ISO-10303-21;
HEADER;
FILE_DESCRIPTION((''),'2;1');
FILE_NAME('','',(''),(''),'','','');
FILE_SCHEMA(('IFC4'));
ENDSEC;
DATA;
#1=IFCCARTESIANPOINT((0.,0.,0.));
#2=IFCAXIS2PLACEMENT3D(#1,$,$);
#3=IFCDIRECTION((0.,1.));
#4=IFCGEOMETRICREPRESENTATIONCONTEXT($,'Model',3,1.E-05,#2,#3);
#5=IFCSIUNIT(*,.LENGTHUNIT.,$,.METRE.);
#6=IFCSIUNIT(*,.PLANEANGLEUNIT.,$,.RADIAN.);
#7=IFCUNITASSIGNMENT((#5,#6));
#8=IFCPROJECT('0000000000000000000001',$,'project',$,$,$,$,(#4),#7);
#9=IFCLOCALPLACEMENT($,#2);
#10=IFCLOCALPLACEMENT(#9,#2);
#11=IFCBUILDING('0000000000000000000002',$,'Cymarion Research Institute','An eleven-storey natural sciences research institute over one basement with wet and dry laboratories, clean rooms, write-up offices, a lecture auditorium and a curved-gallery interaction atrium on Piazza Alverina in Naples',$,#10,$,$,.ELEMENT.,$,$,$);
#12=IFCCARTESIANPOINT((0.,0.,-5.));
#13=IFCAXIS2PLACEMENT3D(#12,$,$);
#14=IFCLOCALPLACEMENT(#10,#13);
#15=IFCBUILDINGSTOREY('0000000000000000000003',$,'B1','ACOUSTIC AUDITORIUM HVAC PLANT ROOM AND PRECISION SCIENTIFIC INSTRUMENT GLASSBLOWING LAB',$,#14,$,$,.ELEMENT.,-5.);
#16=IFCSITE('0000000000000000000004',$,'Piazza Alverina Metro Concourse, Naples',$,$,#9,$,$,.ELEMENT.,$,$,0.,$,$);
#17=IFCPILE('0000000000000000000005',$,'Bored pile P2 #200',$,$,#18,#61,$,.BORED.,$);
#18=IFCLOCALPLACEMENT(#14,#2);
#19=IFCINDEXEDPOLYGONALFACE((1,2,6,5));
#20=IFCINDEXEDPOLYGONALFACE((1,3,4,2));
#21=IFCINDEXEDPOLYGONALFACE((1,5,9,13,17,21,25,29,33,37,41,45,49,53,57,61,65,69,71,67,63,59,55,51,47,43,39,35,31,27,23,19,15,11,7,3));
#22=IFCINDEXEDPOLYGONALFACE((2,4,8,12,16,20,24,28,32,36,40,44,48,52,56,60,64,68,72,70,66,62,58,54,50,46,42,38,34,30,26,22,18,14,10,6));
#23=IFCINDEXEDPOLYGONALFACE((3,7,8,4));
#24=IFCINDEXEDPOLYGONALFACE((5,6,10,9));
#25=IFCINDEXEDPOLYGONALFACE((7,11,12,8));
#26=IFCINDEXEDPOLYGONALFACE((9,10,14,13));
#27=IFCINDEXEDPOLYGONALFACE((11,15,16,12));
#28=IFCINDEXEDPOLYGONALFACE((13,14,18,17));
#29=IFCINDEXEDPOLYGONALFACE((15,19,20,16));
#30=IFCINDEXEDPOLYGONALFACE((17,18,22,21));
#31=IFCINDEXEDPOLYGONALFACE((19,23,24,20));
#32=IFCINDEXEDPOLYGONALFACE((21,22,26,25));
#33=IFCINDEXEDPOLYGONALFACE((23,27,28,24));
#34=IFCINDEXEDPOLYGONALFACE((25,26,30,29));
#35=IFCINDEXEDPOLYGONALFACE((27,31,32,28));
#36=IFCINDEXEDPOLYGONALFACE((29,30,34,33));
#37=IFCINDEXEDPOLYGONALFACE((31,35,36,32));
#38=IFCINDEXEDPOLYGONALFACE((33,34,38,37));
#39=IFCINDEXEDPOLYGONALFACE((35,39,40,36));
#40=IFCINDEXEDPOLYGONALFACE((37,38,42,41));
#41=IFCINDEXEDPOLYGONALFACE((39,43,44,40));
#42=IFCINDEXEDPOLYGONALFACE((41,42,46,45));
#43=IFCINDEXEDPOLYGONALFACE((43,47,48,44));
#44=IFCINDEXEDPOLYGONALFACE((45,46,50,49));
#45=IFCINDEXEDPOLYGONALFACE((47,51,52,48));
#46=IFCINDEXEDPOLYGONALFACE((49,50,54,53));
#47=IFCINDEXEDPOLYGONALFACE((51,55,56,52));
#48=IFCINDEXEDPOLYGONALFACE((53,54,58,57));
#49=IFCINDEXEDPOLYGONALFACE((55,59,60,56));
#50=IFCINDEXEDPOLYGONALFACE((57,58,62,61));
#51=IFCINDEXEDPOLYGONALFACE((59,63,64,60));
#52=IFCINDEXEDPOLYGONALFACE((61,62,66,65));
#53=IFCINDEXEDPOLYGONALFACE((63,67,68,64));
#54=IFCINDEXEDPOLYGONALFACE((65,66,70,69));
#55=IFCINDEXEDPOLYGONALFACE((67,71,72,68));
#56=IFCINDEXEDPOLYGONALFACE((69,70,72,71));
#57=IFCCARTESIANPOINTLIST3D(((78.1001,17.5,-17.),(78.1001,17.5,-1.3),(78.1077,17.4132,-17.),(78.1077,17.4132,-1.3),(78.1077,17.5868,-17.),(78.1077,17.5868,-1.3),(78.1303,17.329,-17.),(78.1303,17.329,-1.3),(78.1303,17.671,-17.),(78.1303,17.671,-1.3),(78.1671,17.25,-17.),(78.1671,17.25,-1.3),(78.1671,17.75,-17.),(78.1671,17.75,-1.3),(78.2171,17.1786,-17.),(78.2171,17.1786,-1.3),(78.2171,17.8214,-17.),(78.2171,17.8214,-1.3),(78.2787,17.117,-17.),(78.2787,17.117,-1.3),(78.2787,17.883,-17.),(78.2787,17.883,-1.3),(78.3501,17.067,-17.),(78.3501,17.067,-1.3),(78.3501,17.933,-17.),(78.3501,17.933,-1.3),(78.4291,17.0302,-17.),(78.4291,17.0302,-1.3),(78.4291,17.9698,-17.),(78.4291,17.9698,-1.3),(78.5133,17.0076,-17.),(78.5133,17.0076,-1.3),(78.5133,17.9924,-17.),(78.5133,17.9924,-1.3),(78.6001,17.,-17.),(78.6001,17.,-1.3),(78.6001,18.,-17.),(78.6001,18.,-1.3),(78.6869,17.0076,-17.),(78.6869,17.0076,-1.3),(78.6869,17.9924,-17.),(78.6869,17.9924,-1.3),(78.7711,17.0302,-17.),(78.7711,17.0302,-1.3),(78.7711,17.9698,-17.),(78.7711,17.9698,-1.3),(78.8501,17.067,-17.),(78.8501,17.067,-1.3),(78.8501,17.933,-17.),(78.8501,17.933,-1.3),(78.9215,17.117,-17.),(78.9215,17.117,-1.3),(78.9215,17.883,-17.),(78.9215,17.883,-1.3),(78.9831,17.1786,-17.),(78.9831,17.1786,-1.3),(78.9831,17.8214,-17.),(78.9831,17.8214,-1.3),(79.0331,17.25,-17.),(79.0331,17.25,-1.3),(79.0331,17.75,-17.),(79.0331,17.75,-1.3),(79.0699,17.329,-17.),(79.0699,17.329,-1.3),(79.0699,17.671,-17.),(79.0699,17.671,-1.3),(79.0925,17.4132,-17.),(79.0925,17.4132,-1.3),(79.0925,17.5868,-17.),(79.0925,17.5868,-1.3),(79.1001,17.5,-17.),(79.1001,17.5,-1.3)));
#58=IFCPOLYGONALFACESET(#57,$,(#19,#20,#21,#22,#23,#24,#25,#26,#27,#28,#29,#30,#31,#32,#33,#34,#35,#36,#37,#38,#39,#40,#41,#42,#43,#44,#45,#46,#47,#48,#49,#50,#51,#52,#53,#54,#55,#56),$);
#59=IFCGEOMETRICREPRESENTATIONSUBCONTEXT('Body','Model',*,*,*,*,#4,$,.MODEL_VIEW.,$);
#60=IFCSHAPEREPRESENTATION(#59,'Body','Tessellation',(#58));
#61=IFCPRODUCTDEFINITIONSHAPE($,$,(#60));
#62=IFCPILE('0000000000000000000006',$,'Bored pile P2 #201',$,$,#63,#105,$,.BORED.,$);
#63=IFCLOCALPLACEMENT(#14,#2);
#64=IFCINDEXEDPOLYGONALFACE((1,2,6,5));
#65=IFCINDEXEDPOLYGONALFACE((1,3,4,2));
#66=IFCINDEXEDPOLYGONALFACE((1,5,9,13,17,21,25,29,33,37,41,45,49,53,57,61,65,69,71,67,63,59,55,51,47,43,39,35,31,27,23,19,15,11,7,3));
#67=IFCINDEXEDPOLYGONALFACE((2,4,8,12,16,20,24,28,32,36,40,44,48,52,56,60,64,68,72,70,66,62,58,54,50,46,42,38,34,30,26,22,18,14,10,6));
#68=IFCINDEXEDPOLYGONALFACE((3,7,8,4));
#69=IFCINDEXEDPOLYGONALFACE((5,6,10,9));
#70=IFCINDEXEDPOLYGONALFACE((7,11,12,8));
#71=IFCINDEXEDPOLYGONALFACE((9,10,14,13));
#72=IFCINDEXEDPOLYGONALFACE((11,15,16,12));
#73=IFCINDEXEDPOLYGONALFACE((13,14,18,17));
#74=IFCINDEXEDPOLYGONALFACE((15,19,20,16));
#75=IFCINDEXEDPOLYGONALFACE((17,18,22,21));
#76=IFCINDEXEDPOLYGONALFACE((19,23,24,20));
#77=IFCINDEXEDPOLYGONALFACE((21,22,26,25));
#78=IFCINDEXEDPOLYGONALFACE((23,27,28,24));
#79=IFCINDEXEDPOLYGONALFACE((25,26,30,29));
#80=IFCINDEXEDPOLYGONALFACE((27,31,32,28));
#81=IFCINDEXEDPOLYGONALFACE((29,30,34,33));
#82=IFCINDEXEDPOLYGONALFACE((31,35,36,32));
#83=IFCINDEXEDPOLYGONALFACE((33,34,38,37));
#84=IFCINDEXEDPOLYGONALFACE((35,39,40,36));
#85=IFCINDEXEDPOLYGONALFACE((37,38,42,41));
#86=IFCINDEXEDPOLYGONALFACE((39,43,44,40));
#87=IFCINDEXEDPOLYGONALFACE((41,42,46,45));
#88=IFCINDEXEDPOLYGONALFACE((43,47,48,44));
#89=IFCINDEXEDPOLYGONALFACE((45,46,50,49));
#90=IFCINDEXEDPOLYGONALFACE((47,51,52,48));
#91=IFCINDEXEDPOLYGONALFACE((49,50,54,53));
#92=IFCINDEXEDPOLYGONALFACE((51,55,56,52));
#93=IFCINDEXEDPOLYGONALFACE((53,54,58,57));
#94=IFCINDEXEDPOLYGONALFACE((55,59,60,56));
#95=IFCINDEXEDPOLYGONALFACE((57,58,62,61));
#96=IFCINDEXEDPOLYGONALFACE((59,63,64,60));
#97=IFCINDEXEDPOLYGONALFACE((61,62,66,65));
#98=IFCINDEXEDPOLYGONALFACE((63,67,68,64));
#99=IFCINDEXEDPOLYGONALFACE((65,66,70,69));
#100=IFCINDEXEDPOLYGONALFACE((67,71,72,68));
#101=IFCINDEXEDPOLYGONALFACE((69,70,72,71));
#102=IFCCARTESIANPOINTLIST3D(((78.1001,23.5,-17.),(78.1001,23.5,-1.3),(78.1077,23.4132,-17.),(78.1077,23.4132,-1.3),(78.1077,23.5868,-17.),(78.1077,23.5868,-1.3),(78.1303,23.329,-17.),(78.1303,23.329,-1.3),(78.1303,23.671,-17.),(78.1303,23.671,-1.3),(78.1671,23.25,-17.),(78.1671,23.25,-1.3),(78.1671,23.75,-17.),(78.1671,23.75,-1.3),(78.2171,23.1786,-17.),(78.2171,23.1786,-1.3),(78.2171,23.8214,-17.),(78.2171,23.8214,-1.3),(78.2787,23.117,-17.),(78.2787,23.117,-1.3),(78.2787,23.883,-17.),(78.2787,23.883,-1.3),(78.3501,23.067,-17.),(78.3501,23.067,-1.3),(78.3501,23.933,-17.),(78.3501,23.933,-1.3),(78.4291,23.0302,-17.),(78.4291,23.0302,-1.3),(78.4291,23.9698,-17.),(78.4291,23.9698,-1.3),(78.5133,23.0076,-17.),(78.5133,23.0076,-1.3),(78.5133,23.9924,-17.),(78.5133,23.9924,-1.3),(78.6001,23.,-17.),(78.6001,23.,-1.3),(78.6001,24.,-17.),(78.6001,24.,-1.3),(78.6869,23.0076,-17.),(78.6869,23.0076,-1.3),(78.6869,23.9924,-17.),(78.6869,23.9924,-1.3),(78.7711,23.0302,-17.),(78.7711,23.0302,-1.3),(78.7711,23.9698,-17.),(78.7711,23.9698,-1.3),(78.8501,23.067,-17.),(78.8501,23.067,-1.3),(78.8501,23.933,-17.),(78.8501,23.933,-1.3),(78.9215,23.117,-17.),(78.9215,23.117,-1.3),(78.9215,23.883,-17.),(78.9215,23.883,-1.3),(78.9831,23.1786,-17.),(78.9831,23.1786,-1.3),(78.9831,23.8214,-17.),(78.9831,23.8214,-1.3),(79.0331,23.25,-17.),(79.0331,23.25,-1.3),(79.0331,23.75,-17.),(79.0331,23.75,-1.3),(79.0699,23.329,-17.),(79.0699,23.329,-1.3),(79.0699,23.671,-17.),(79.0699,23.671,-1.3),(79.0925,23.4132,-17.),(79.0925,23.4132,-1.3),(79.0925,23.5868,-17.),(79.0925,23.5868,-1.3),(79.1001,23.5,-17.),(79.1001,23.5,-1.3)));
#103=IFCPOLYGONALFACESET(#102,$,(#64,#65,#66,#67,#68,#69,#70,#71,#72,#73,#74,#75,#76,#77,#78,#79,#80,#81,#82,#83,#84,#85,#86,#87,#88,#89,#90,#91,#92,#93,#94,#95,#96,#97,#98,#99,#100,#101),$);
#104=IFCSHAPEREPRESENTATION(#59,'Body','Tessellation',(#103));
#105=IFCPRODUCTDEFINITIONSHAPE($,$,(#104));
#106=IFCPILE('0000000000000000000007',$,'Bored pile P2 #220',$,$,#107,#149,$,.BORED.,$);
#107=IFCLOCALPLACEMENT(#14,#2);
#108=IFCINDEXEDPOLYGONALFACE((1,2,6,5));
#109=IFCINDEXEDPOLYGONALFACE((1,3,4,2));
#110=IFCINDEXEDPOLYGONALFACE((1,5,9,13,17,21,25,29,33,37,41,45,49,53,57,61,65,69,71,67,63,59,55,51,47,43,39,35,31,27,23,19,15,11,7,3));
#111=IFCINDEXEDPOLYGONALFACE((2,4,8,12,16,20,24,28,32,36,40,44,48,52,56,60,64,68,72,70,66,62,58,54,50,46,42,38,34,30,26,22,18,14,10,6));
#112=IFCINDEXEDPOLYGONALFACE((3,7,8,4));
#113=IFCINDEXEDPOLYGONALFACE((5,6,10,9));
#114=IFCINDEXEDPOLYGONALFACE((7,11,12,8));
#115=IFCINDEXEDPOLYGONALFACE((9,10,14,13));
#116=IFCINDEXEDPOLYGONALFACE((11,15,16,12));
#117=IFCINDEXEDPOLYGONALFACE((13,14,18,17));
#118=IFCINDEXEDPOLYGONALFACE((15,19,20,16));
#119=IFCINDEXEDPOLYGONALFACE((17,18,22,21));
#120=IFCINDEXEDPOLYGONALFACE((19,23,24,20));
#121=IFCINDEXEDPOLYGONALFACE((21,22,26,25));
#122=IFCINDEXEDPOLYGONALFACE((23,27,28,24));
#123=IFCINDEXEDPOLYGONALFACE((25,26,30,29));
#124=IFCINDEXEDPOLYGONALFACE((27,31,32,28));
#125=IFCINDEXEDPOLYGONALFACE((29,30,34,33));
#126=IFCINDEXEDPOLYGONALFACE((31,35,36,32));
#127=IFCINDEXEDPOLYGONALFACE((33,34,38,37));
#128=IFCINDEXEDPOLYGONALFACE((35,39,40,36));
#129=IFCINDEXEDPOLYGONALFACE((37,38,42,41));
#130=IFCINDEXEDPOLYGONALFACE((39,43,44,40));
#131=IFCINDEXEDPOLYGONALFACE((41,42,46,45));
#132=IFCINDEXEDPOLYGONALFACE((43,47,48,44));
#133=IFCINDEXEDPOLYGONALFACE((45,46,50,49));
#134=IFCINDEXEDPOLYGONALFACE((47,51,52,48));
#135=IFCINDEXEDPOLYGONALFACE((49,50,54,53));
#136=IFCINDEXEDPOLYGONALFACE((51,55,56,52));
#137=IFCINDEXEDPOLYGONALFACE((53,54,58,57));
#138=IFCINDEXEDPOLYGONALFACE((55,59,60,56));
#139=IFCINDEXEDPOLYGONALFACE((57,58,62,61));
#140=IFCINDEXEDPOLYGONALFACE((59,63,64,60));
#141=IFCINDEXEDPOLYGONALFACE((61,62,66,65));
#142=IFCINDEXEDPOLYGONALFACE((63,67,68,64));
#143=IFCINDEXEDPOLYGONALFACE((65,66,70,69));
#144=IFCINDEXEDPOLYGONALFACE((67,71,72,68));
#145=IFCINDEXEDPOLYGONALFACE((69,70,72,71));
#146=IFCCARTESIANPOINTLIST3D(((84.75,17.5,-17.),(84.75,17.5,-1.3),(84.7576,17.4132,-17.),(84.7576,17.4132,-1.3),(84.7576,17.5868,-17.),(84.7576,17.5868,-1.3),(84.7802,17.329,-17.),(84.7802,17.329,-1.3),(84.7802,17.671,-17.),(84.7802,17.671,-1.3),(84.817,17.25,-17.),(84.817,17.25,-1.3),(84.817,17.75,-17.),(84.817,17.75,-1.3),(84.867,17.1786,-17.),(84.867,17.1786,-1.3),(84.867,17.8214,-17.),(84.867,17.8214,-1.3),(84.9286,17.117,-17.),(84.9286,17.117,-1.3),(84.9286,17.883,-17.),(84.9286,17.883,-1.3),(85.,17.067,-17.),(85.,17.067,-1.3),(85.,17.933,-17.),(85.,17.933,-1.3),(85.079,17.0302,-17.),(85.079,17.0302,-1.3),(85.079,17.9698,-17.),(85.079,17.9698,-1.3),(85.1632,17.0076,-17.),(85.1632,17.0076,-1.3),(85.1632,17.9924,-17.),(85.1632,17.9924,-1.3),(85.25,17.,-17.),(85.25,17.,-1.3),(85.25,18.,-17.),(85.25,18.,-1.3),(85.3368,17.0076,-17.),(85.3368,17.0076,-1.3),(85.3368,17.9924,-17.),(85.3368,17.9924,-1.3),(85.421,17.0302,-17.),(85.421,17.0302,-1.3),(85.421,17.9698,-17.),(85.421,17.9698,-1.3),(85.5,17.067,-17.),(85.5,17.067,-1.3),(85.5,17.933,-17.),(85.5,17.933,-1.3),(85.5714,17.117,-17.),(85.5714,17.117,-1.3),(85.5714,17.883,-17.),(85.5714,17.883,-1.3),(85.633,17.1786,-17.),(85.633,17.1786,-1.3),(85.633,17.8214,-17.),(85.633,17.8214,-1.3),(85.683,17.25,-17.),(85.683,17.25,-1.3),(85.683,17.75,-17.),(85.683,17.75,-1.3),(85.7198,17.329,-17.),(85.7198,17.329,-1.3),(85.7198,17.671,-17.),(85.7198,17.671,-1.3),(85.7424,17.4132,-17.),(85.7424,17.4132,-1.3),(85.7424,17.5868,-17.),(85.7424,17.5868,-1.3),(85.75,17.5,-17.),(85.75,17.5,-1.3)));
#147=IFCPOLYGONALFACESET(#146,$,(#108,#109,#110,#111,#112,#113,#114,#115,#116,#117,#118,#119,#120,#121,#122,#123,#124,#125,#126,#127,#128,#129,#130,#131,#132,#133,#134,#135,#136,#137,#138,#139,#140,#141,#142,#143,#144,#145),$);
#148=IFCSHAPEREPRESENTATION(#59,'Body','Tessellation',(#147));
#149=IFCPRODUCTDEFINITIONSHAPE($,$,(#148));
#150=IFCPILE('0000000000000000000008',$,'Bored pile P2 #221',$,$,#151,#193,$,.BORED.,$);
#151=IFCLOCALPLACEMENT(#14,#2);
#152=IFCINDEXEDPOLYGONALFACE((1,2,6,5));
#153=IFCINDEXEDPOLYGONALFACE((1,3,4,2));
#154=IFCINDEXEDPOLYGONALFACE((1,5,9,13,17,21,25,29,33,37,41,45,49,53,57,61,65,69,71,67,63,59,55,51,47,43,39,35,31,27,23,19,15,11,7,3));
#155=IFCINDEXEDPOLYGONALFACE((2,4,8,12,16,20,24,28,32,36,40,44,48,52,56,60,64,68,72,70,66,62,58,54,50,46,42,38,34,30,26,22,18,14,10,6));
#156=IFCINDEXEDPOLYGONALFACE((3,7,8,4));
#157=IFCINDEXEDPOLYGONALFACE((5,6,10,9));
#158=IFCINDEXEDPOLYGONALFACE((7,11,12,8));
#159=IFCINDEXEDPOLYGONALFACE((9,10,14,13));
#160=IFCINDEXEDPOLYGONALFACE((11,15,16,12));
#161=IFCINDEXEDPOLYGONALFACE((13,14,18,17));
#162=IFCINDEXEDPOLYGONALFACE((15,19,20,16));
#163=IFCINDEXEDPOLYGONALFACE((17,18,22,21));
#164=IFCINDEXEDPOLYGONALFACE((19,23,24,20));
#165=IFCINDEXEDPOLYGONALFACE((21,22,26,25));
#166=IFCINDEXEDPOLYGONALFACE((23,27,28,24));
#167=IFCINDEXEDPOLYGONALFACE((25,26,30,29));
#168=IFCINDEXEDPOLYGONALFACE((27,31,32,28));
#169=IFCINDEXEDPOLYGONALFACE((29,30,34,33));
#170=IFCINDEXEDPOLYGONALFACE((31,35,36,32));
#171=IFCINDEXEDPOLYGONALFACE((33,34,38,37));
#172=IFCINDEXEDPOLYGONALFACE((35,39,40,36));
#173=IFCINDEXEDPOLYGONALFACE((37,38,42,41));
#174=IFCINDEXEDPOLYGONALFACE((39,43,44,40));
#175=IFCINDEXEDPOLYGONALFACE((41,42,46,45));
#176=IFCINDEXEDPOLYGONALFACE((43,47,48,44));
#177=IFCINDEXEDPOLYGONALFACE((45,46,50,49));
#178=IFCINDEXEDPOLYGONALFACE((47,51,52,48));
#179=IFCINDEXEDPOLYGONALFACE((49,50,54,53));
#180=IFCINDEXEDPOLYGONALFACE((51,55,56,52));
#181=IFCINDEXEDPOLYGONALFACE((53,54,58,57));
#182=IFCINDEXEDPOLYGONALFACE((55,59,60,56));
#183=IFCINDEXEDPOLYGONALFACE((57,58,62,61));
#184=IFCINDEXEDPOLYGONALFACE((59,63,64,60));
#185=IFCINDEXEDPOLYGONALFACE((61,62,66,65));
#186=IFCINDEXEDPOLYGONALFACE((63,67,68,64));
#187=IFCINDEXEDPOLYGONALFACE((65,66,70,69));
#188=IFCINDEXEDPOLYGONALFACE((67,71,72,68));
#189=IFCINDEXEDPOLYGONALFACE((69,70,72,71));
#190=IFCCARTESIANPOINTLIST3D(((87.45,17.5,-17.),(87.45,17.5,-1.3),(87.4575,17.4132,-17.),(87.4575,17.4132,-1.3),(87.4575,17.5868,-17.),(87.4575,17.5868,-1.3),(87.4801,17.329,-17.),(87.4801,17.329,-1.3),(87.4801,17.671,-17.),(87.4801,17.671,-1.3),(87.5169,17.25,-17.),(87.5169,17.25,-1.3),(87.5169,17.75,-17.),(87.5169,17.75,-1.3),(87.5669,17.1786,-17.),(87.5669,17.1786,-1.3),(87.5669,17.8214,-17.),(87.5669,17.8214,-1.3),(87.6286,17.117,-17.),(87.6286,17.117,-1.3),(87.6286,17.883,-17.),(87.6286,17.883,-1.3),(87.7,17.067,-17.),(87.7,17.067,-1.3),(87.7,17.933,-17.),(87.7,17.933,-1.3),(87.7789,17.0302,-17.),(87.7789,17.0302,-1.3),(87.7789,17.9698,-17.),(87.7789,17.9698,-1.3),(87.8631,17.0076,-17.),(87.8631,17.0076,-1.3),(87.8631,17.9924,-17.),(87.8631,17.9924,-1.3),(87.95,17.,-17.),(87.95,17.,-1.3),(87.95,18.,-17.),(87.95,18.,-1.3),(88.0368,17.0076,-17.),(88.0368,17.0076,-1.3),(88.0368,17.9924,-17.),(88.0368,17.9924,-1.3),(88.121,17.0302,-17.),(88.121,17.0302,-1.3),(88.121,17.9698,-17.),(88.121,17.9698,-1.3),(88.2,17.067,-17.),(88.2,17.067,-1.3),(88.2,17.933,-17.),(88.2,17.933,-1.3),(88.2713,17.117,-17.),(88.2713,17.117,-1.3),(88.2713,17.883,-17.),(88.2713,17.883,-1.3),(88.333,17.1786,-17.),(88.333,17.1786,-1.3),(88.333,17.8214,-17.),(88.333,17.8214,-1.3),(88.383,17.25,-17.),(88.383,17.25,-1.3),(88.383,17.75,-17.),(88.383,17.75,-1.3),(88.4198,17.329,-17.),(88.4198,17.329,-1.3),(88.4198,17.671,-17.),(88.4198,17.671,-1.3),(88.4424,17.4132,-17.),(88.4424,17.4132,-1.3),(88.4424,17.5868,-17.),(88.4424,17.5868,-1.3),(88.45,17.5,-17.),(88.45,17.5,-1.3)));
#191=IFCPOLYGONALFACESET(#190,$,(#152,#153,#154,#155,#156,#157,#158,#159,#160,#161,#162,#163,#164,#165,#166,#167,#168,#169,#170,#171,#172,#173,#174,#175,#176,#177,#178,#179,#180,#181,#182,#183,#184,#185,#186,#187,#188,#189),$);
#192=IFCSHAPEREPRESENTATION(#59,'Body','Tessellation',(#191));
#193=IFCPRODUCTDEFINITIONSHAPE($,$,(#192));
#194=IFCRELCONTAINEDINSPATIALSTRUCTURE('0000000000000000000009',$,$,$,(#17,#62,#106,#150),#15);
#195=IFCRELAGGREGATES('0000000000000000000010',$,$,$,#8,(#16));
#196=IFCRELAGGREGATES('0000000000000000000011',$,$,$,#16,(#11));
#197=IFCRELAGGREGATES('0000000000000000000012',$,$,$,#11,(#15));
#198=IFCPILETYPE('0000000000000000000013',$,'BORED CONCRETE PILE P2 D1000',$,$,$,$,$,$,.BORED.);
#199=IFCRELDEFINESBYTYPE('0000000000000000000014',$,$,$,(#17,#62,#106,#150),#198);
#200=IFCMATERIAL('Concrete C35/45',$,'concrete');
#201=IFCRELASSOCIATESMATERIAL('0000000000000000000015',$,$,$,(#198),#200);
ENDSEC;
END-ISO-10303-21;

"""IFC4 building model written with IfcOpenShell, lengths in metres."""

from ifc_helpers import new_model, si_unit, direction, frame, origin, origin_2d, place, context, subcontext, project, spatial, circle, extrude, material, material_profile, profile_set, type_object, element, save


model = new_model("IFC4")

# Units and contexts
model_context = context("Model", 3, precision=1e-05, world=origin(), true_north=direction((0.0, 1.0)))
body_context = subcontext(model_context, "Body", "Model", "MODEL_VIEW")
ifc_project = project(units=[si_unit("LENGTHUNIT", "METRE"), si_unit("PLANEANGLEUNIT", "RADIAN")], contexts=[model_context])

# Site, building, storey
site_placement = place(None, origin())
site = spatial("IfcSite", under=ifc_project, at=site_placement, Name="Piazza Alverina Metro Concourse, Naples", CompositionType="ELEMENT", RefElevation=0.0)
building_placement = place(site_placement, origin())
building = spatial("IfcBuilding", under=site, at=building_placement, Name="Cymarion Research Institute", Description="An eleven-storey natural sciences research institute over one basement with wet and dry laboratories, clean rooms, write-up offices, a lecture auditorium and a curved-gallery interaction atrium on Piazza Alverina in Naples", CompositionType="ELEMENT")
storey_placement = place(building_placement, frame((0.0, 0.0, -5.0)))
storey = spatial("IfcBuildingStorey", under=building, at=storey_placement, Name="B1", Description="ACOUSTIC AUDITORIUM HVAC PLANT ROOM AND PRECISION SCIENTIFIC INSTRUMENT GLASSBLOWING LAB", CompositionType="ELEMENT", Elevation=-5.0)

# Piles
ifc_material_1 = material(Name="Concrete C35/45", Category="concrete")
ifc_material_profile_1 = material_profile(ifc_material_1, circle(Radius=0.5, at=origin_2d()), Name="BORED PILE D1000")
ifc_profile_set_1 = profile_set([ifc_material_profile_1], Name="Concrete C35/45")
pile_type = type_object("IfcPileType", Name="BORED CONCRETE PILE P2 D1000", PredefinedType="BORED", material=ifc_profile_set_1)
for number, where, z_axis, x_axis, name in (
    (1, (78.6001, 17.5, -1.3), (0.0, 0.0, -1.0), (1.0, 0.0, 0.0), "Bored pile P2 #200"),
    (2, (78.6001, 23.5, -1.3), (0.0, 0.0, -1.0), (1.0, 0.0, 0.0), "Bored pile P2 #201"),
    (3, (85.25, 17.5, -1.3), (0.0, 0.0, -1.0), (1.0, 0.0, 0.0), "Bored pile P2 #220"),
    (4, (87.95, 17.5, -1.3), (0.0, 0.0, -1.0), (1.0, 0.0, 0.0), "Bored pile P2 #221"),
):
    element("IfcPile", number, at=place(storey_placement, frame(where, z_axis=z_axis, x_axis=x_axis)), inside=storey, type_object=pile_type, Name=name, PredefinedType="BORED", context=body_context, shape_type="SweptSolid", body=[
        extrude(circle(Radius=0.5, at=origin_2d()), origin(), (0.0, 0.0, 1.0), 15.7),
    ])

save(model, "model.ifc")
